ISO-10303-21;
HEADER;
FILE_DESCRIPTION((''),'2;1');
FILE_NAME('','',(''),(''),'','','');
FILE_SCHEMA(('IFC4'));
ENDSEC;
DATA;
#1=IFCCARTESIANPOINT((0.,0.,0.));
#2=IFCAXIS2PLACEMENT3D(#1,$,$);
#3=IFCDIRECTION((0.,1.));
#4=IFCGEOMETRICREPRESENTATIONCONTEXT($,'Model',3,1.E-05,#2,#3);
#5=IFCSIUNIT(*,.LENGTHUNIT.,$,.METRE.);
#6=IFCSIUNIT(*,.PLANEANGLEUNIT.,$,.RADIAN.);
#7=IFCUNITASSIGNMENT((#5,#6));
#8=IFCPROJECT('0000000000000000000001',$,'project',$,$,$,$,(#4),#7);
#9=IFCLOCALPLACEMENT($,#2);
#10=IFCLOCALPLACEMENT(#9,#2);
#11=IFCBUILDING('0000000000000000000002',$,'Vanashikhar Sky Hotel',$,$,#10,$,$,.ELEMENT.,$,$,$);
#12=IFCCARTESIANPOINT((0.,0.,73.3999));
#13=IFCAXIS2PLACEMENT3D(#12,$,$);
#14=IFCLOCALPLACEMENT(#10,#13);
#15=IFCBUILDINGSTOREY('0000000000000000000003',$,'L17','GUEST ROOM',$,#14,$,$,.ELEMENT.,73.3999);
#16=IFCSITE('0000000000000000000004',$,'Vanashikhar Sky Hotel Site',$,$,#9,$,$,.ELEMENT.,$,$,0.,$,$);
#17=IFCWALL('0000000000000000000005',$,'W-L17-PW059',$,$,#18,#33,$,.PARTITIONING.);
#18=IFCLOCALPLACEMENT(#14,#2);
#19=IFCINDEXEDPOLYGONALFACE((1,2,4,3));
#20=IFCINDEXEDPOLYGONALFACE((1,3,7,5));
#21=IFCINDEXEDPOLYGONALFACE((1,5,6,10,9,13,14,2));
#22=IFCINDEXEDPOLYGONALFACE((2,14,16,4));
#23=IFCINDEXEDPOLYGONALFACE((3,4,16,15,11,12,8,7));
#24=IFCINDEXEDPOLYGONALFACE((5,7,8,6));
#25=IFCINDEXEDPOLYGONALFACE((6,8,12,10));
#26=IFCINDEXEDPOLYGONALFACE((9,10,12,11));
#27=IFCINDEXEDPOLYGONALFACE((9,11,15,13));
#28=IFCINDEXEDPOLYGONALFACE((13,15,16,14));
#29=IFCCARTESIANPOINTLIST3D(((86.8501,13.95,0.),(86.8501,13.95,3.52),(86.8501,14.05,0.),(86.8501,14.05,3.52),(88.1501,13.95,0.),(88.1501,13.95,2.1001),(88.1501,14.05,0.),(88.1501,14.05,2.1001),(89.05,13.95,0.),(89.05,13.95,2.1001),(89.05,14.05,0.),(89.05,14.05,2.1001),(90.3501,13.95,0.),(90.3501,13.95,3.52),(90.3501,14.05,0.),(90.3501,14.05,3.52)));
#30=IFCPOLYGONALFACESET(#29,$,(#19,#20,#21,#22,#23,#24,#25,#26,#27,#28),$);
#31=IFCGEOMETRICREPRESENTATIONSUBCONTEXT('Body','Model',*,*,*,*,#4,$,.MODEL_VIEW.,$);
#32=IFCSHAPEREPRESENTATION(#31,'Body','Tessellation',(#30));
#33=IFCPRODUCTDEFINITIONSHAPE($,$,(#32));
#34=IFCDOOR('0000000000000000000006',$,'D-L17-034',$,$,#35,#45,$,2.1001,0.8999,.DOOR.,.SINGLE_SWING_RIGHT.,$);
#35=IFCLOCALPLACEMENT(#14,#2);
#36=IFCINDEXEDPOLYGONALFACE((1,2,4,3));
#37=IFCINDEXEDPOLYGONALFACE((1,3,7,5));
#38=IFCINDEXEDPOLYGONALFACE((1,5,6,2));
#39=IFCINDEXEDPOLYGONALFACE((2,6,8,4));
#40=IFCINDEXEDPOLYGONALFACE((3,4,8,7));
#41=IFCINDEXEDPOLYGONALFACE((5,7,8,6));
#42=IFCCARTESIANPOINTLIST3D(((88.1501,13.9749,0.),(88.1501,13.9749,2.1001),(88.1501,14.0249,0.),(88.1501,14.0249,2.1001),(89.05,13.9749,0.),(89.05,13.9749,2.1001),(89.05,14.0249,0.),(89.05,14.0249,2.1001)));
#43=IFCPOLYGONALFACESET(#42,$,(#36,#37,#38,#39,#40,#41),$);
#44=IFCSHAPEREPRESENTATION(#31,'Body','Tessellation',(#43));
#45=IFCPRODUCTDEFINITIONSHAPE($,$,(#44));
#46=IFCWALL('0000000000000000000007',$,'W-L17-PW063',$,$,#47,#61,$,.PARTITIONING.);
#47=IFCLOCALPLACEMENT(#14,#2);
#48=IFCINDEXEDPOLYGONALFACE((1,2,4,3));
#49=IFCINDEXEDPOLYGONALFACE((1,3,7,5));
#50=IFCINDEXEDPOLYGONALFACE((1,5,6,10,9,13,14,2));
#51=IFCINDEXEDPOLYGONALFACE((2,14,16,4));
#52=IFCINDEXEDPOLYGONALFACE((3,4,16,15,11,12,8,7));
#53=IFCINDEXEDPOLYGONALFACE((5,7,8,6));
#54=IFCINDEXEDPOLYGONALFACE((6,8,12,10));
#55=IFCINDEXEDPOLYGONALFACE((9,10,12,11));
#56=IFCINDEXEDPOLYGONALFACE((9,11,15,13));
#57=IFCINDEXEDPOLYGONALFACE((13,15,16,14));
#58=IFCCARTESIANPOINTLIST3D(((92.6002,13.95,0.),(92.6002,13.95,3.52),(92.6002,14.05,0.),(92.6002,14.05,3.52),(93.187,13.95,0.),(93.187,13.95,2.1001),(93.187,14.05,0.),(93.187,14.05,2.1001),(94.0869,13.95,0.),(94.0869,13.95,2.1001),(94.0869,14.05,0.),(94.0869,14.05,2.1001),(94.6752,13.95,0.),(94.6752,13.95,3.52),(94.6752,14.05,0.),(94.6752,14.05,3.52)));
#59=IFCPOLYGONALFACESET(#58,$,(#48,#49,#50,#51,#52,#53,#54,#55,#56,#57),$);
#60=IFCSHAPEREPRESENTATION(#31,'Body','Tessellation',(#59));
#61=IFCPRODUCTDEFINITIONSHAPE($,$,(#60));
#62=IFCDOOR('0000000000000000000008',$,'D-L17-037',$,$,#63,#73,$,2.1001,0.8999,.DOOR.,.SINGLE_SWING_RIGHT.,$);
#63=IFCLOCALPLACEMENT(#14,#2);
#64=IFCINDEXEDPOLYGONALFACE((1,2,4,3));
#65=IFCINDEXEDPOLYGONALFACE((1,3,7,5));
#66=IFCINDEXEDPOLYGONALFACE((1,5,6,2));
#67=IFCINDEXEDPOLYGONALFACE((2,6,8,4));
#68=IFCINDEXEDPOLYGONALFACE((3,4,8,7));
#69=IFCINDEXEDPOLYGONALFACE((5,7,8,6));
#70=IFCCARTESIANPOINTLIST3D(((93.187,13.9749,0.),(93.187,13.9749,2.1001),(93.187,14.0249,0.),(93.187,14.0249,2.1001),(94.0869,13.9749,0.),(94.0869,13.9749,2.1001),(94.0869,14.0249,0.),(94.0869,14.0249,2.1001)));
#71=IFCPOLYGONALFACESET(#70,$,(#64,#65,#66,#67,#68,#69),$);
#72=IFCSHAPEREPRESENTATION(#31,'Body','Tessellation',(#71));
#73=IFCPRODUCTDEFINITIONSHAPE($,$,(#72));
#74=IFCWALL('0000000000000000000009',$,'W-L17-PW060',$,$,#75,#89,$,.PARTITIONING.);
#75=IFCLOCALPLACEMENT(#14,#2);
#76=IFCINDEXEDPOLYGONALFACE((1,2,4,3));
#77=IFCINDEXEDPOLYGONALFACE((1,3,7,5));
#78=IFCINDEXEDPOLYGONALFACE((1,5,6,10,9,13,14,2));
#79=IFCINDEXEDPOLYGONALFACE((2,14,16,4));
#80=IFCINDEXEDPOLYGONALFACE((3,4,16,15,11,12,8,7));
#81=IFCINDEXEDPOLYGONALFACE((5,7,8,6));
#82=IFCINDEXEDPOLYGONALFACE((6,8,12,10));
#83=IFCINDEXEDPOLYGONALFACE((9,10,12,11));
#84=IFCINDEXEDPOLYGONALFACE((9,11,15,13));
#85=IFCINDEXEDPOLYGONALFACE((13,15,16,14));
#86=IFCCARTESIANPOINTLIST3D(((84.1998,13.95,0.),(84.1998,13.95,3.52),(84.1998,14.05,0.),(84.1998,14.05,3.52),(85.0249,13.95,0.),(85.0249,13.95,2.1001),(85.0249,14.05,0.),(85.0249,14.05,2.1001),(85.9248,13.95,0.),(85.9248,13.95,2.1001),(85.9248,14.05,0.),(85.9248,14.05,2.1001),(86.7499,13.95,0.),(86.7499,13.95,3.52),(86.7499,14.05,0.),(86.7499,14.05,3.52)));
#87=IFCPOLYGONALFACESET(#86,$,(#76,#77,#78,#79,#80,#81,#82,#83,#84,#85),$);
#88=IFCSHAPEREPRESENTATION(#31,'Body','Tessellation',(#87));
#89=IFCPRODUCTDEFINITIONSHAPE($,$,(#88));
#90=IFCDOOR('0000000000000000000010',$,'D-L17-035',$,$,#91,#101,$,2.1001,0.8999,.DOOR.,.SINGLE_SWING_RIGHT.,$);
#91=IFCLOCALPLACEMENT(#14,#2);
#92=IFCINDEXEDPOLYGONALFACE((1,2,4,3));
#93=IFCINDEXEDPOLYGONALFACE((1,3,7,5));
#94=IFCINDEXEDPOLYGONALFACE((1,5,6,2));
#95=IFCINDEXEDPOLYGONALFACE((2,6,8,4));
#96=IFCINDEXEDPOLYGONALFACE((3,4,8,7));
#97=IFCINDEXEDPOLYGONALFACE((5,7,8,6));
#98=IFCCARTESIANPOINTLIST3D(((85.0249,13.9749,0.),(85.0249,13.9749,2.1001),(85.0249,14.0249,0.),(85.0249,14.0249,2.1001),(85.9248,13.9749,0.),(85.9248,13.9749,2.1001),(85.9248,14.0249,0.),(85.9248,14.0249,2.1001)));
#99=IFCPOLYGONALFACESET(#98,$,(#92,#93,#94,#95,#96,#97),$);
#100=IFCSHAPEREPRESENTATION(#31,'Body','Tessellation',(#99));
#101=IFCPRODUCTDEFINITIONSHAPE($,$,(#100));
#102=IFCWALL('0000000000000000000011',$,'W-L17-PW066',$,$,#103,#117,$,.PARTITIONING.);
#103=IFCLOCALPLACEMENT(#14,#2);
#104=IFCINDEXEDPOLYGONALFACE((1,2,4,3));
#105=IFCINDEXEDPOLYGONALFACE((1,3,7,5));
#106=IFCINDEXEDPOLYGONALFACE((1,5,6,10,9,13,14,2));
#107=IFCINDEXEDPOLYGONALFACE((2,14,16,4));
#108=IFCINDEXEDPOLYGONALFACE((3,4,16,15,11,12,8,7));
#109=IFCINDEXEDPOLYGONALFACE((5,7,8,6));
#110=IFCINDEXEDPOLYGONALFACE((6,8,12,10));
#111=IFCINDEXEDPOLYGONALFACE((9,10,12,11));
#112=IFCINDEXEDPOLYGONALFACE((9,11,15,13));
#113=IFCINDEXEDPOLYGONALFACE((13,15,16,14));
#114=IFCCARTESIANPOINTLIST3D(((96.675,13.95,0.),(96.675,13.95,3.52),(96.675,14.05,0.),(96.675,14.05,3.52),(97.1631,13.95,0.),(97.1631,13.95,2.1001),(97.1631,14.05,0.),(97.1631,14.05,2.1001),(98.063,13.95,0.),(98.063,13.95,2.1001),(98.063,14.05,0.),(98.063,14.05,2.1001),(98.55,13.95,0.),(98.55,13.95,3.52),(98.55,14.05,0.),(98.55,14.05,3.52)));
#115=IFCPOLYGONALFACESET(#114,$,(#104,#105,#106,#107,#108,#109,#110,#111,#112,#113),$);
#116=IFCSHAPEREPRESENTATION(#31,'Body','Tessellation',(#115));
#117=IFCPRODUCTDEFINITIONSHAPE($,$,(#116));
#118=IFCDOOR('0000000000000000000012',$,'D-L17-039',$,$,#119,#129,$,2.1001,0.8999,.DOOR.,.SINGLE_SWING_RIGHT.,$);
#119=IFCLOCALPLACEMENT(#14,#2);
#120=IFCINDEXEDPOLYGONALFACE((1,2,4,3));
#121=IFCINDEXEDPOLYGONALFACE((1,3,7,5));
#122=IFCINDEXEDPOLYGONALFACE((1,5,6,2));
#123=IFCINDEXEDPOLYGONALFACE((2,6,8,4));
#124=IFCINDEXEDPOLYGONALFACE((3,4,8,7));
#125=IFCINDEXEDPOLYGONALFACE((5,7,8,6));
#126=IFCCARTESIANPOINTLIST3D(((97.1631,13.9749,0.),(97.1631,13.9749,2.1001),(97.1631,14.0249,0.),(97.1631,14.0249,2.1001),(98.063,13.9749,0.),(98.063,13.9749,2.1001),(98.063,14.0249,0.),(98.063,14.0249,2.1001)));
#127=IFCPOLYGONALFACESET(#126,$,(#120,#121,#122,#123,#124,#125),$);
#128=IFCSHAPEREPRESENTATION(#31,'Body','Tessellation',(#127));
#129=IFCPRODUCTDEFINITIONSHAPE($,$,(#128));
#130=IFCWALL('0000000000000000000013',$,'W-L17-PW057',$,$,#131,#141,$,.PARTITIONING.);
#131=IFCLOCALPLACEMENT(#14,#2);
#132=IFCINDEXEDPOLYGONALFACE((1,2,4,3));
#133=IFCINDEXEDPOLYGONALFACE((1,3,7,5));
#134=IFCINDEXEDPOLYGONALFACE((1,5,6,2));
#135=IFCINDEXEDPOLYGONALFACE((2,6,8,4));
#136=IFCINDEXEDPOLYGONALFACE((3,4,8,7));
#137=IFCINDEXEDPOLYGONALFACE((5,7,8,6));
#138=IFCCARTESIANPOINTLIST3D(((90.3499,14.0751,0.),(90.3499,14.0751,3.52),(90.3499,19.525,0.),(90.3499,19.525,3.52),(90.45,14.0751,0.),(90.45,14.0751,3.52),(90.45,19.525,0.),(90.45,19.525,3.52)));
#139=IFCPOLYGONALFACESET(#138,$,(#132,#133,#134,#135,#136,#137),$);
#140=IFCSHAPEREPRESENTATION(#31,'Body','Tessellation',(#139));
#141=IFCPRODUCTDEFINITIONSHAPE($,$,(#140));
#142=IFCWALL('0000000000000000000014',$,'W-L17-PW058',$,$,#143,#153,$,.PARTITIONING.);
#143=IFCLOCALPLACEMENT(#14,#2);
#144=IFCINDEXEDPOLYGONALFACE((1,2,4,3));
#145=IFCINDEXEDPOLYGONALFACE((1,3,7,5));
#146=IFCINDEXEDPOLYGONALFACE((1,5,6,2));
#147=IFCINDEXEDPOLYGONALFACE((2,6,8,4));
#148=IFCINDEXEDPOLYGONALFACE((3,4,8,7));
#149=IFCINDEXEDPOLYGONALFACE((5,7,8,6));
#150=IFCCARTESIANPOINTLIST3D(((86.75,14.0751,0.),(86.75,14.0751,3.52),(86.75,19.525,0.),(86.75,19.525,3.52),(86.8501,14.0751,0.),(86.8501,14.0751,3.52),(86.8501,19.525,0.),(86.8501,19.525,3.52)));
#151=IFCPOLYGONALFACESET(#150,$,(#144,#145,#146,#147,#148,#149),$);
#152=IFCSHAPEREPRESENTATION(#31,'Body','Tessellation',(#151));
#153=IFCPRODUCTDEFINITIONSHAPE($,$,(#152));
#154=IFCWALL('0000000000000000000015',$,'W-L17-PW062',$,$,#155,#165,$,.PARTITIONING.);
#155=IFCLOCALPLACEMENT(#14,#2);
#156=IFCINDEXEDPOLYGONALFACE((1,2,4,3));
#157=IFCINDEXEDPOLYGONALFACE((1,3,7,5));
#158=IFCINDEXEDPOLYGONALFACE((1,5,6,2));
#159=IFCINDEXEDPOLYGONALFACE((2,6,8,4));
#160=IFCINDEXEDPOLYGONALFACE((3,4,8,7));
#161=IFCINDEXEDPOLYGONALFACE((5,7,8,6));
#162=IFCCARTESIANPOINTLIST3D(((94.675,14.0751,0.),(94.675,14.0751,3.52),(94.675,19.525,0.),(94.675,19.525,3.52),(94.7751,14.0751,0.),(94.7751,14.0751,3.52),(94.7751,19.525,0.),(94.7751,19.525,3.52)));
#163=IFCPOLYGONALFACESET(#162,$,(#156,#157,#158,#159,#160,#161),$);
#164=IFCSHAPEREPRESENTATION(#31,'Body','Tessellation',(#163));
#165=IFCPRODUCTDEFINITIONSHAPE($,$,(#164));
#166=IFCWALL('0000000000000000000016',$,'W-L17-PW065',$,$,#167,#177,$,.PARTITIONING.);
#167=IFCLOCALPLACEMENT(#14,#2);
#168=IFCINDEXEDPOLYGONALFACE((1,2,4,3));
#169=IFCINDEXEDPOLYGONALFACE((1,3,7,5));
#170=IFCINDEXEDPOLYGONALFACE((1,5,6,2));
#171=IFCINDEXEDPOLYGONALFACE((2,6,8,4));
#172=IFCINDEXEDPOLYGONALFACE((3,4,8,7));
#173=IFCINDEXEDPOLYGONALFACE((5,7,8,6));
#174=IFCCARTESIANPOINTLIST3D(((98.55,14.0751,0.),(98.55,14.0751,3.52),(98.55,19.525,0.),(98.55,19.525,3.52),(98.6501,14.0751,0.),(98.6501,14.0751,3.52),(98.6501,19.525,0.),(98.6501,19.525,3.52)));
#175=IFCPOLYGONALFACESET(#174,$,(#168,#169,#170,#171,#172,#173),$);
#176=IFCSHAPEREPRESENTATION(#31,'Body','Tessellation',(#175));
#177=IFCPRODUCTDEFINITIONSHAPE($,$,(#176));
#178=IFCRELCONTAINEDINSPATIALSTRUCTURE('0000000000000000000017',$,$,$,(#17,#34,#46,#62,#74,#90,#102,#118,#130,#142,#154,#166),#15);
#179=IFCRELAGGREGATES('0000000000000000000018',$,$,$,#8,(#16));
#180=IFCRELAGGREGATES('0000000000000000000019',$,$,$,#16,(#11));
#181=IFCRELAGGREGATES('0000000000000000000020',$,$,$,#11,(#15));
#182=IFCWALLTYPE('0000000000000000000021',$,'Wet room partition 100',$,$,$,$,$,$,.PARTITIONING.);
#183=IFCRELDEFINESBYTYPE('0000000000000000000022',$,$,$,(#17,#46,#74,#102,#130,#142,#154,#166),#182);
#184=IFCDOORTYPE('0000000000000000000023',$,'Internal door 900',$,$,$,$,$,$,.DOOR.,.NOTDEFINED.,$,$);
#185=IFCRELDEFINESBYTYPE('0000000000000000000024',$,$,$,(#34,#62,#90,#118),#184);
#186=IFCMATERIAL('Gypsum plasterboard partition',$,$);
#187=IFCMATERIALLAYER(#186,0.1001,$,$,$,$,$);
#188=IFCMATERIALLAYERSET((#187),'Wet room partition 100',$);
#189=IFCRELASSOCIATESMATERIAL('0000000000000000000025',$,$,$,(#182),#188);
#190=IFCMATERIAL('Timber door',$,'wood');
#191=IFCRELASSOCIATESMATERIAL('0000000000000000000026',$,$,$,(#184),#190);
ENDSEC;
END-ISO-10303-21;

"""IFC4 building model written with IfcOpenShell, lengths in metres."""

from ifc_helpers import new_model, si_unit, direction, frame, frame_2d, origin, place, context, subcontext, project, spatial, rectangle, extrude, source, transform, mapped, material, layer, layer_set, type_object, element, fill, save


model = new_model("IFC4")

# Units and contexts
model_context = context("Model", 3, precision=1e-05, world=origin(), true_north=direction((0.0, 1.0)))
body_context = subcontext(model_context, "Body", "Model", "MODEL_VIEW")
ifc_project = project(units=[si_unit("LENGTHUNIT", "METRE"), si_unit("PLANEANGLEUNIT", "RADIAN")], contexts=[model_context])

# Site, building, storey
site_placement = place(None, origin())
site = spatial("IfcSite", under=ifc_project, at=site_placement, Name="Vanashikhar Sky Hotel Site", CompositionType="ELEMENT", RefElevation=0.0)
building_placement = place(site_placement, origin())
building = spatial("IfcBuilding", under=site, at=building_placement, Name="Vanashikhar Sky Hotel", CompositionType="ELEMENT")
storey_placement = place(building_placement, frame((0.0, 0.0, 73.3999)))
storey = spatial("IfcBuildingStorey", under=building, at=storey_placement, Name="L17", Description="GUEST ROOM", CompositionType="ELEMENT", Elevation=73.3999)

# Shared definitions
ifc_material_1 = material(Name="Gypsum plasterboard partition")

# Walls, openings, doors
ifc_layer_1 = layer(ifc_material_1, 0.1001)
ifc_layer_set_1 = layer_set([ifc_layer_1], Name="Wet room partition 100")
wall_type_1 = type_object("IfcWallType", Name="Wet room partition 100", PredefinedType="PARTITIONING", material=ifc_layer_set_1)
shared_shape_1 = source(origin(), body_context, "Body", "SweptSolid", [
    extrude(rectangle(XDim=3.5, YDim=0.1001, at=frame_2d((1.75, 0.0))), origin(), (0.0, 0.0, 1.0), 3.52),
])
wall_1_placement = place(storey_placement, frame((86.8501, 14.0, 0.0), z_axis=(0.0, 0.0, 1.0), x_axis=(1.0, 0.0, 0.0)))
wall_1 = element("IfcWall", 1, at=wall_1_placement, inside=storey, type_object=wall_type_1, Name="W-L17-PW059", PredefinedType="PARTITIONING", context=body_context, shape_type="MappedRepresentation", body=[
    mapped(shared_shape_1, transform((0.0, 0.0, 0.0), scale=1.0)),
])
shared_shape_2 = source(origin(), body_context, "Body", "SweptSolid", [
    extrude(rectangle(XDim=0.8999, YDim=2.1001, at=frame_2d((0.45, 1.05))), frame((0.0, 0.0601, 0.0), z_axis=(0.0, -1.0, 0.0), x_axis=(1.0, 0.0, 0.0)), (0.0, 0.0, 1.0), 0.1201),
])
opening_1_placement = place(wall_1_placement, frame((1.3, 0.0, 0.0)))
opening_1 = element("IfcOpeningElement", 2, at=opening_1_placement, cuts=wall_1, PredefinedType="OPENING", context=body_context, shape_type="MappedRepresentation", body=[
    mapped(shared_shape_2, transform((0.0, 0.0, 0.0), scale=1.0)),
])
ifc_material_2 = material(Name="Timber door", Category="wood")
door_type_1 = type_object("IfcDoorType", Name="Internal door 900", OperationType="NOTDEFINED", PredefinedType="DOOR", material=ifc_material_2)
shared_shape_3 = source(origin(), body_context, "Body", "SweptSolid", [
    extrude(rectangle(XDim=0.8999, YDim=2.1001, at=frame_2d((0.45, 1.05))), frame((0.0, 0.0249, 0.0), z_axis=(0.0, -1.0, 0.0), x_axis=(1.0, 0.0, 0.0)), (0.0, 0.0, 1.0), 0.05),
])
door_1_placement = place(opening_1_placement, origin())
door_1 = element("IfcDoor", 3, at=door_1_placement, inside=storey, type_object=door_type_1, Name="D-L17-034", OperationType="SINGLE_SWING_RIGHT", OverallHeight=2.1001, OverallWidth=0.8999, PredefinedType="DOOR", context=body_context, shape_type="MappedRepresentation", body=[
    mapped(shared_shape_3, transform((0.0, 0.0, 0.0), scale=1.0)),
])
fill(opening_1, door_1)
shared_shape_4 = source(origin(), body_context, "Body", "SweptSolid", [
    extrude(rectangle(XDim=2.075, YDim=0.1001, at=frame_2d((1.0376, 0.0))), origin(), (0.0, 0.0, 1.0), 3.52),
])
wall_2_placement = place(storey_placement, frame((92.6001, 14.0, 0.0), z_axis=(0.0, 0.0, 1.0), x_axis=(1.0, 0.0, 0.0)))
wall_2 = element("IfcWall", 4, at=wall_2_placement, inside=storey, type_object=wall_type_1, Name="W-L17-PW063", PredefinedType="PARTITIONING", context=body_context, shape_type="MappedRepresentation", body=[
    mapped(shared_shape_4, transform((0.0, 0.0, 0.0), scale=1.0)),
])
opening_2_placement = place(wall_2_placement, frame((0.5869, 0.0, 0.0)))
opening_2 = element("IfcOpeningElement", 5, at=opening_2_placement, cuts=wall_2, PredefinedType="OPENING", context=body_context, shape_type="MappedRepresentation", body=[
    mapped(shared_shape_2, transform((0.0, 0.0, 0.0), scale=1.0)),
])
door_2_placement = place(opening_2_placement, origin())
door_2 = element("IfcDoor", 6, at=door_2_placement, inside=storey, type_object=door_type_1, Name="D-L17-037", OperationType="SINGLE_SWING_RIGHT", OverallHeight=2.1001, OverallWidth=0.8999, PredefinedType="DOOR", context=body_context, shape_type="MappedRepresentation", body=[
    mapped(shared_shape_3, transform((0.0, 0.0, 0.0), scale=1.0)),
])
fill(opening_2, door_2)
shared_shape_5 = source(origin(), body_context, "Body", "SweptSolid", [
    extrude(rectangle(XDim=2.55, YDim=0.1001, at=frame_2d((1.2749, 0.0))), origin(), (0.0, 0.0, 1.0), 3.52),
])
wall_3_placement = place(storey_placement, frame((84.2, 14.0, 0.0), z_axis=(0.0, 0.0, 1.0), x_axis=(1.0, 0.0, 0.0)))
wall_3 = element("IfcWall", 7, at=wall_3_placement, inside=storey, type_object=wall_type_1, Name="W-L17-PW060", PredefinedType="PARTITIONING", context=body_context, shape_type="MappedRepresentation", body=[
    mapped(shared_shape_5, transform((0.0, 0.0, 0.0), scale=1.0)),
])
opening_3_placement = place(wall_3_placement, frame((0.825, 0.0, 0.0)))
opening_3 = element("IfcOpeningElement", 8, at=opening_3_placement, cuts=wall_3, PredefinedType="OPENING", context=body_context, shape_type="MappedRepresentation", body=[
    mapped(shared_shape_2, transform((0.0, 0.0, 0.0), scale=1.0)),
])
door_3_placement = place(opening_3_placement, origin())
door_3 = element("IfcDoor", 9, at=door_3_placement, inside=storey, type_object=door_type_1, Name="D-L17-035", OperationType="SINGLE_SWING_RIGHT", OverallHeight=2.1001, OverallWidth=0.8999, PredefinedType="DOOR", context=body_context, shape_type="MappedRepresentation", body=[
    mapped(shared_shape_3, transform((0.0, 0.0, 0.0), scale=1.0)),
])
fill(opening_3, door_3)
shared_shape_6 = source(origin(), body_context, "Body", "SweptSolid", [
    extrude(rectangle(XDim=1.875, YDim=0.1001, at=frame_2d((0.9375, 0.0))), origin(), (0.0, 0.0, 1.0), 3.52),
])
wall_4_placement = place(storey_placement, frame((96.675, 14.0, 0.0), z_axis=(0.0, 0.0, 1.0), x_axis=(1.0, 0.0, 0.0)))
wall_4 = element("IfcWall", 10, at=wall_4_placement, inside=storey, type_object=wall_type_1, Name="W-L17-PW066", PredefinedType="PARTITIONING", context=body_context, shape_type="MappedRepresentation", body=[
    mapped(shared_shape_6, transform((0.0, 0.0, 0.0), scale=1.0)),
])
opening_4_placement = place(wall_4_placement, frame((0.488, 0.0, 0.0)))
opening_4 = element("IfcOpeningElement", 11, at=opening_4_placement, cuts=wall_4, PredefinedType="OPENING", context=body_context, shape_type="MappedRepresentation", body=[
    mapped(shared_shape_2, transform((0.0, 0.0, 0.0), scale=1.0)),
])
door_4_placement = place(opening_4_placement, origin())
door_4 = element("IfcDoor", 12, at=door_4_placement, inside=storey, type_object=door_type_1, Name="D-L17-039", OperationType="SINGLE_SWING_RIGHT", OverallHeight=2.1001, OverallWidth=0.8999, PredefinedType="DOOR", context=body_context, shape_type="MappedRepresentation", body=[
    mapped(shared_shape_3, transform((0.0, 0.0, 0.0), scale=1.0)),
])
fill(opening_4, door_4)

# Walls
shared_shape_7 = source(origin(), body_context, "Body", "SweptSolid", [
    extrude(rectangle(XDim=5.45, YDim=0.1001, at=frame_2d((2.7251, 0.0))), origin(), (0.0, 0.0, 1.0), 3.52),
])
for number, where, z_axis, x_axis, name in (
    (13, (90.3999, 14.075, 0.0), (0.0, 0.0, 1.0), (0.0, 1.0, 0.0), "W-L17-PW057"),
    (14, (86.8, 14.075, 0.0), (0.0, 0.0, 1.0), (0.0, 1.0, 0.0), "W-L17-PW058"),
    (15, (94.7251, 14.075, 0.0), (0.0, 0.0, 1.0), (0.0, 1.0, 0.0), "W-L17-PW062"),
    (16, (98.6001, 14.075, 0.0), (0.0, 0.0, 1.0), (0.0, 1.0, 0.0), "W-L17-PW065"),
):
    element("IfcWall", number, at=place(storey_placement, frame(where, z_axis=z_axis, x_axis=x_axis)), inside=storey, type_object=wall_type_1, Name=name, PredefinedType="PARTITIONING", context=body_context, shape_type="MappedRepresentation", body=[
        mapped(shared_shape_7, transform((0.0, 0.0, 0.0), scale=1.0)),
    ])

save(model, "model.ifc")
